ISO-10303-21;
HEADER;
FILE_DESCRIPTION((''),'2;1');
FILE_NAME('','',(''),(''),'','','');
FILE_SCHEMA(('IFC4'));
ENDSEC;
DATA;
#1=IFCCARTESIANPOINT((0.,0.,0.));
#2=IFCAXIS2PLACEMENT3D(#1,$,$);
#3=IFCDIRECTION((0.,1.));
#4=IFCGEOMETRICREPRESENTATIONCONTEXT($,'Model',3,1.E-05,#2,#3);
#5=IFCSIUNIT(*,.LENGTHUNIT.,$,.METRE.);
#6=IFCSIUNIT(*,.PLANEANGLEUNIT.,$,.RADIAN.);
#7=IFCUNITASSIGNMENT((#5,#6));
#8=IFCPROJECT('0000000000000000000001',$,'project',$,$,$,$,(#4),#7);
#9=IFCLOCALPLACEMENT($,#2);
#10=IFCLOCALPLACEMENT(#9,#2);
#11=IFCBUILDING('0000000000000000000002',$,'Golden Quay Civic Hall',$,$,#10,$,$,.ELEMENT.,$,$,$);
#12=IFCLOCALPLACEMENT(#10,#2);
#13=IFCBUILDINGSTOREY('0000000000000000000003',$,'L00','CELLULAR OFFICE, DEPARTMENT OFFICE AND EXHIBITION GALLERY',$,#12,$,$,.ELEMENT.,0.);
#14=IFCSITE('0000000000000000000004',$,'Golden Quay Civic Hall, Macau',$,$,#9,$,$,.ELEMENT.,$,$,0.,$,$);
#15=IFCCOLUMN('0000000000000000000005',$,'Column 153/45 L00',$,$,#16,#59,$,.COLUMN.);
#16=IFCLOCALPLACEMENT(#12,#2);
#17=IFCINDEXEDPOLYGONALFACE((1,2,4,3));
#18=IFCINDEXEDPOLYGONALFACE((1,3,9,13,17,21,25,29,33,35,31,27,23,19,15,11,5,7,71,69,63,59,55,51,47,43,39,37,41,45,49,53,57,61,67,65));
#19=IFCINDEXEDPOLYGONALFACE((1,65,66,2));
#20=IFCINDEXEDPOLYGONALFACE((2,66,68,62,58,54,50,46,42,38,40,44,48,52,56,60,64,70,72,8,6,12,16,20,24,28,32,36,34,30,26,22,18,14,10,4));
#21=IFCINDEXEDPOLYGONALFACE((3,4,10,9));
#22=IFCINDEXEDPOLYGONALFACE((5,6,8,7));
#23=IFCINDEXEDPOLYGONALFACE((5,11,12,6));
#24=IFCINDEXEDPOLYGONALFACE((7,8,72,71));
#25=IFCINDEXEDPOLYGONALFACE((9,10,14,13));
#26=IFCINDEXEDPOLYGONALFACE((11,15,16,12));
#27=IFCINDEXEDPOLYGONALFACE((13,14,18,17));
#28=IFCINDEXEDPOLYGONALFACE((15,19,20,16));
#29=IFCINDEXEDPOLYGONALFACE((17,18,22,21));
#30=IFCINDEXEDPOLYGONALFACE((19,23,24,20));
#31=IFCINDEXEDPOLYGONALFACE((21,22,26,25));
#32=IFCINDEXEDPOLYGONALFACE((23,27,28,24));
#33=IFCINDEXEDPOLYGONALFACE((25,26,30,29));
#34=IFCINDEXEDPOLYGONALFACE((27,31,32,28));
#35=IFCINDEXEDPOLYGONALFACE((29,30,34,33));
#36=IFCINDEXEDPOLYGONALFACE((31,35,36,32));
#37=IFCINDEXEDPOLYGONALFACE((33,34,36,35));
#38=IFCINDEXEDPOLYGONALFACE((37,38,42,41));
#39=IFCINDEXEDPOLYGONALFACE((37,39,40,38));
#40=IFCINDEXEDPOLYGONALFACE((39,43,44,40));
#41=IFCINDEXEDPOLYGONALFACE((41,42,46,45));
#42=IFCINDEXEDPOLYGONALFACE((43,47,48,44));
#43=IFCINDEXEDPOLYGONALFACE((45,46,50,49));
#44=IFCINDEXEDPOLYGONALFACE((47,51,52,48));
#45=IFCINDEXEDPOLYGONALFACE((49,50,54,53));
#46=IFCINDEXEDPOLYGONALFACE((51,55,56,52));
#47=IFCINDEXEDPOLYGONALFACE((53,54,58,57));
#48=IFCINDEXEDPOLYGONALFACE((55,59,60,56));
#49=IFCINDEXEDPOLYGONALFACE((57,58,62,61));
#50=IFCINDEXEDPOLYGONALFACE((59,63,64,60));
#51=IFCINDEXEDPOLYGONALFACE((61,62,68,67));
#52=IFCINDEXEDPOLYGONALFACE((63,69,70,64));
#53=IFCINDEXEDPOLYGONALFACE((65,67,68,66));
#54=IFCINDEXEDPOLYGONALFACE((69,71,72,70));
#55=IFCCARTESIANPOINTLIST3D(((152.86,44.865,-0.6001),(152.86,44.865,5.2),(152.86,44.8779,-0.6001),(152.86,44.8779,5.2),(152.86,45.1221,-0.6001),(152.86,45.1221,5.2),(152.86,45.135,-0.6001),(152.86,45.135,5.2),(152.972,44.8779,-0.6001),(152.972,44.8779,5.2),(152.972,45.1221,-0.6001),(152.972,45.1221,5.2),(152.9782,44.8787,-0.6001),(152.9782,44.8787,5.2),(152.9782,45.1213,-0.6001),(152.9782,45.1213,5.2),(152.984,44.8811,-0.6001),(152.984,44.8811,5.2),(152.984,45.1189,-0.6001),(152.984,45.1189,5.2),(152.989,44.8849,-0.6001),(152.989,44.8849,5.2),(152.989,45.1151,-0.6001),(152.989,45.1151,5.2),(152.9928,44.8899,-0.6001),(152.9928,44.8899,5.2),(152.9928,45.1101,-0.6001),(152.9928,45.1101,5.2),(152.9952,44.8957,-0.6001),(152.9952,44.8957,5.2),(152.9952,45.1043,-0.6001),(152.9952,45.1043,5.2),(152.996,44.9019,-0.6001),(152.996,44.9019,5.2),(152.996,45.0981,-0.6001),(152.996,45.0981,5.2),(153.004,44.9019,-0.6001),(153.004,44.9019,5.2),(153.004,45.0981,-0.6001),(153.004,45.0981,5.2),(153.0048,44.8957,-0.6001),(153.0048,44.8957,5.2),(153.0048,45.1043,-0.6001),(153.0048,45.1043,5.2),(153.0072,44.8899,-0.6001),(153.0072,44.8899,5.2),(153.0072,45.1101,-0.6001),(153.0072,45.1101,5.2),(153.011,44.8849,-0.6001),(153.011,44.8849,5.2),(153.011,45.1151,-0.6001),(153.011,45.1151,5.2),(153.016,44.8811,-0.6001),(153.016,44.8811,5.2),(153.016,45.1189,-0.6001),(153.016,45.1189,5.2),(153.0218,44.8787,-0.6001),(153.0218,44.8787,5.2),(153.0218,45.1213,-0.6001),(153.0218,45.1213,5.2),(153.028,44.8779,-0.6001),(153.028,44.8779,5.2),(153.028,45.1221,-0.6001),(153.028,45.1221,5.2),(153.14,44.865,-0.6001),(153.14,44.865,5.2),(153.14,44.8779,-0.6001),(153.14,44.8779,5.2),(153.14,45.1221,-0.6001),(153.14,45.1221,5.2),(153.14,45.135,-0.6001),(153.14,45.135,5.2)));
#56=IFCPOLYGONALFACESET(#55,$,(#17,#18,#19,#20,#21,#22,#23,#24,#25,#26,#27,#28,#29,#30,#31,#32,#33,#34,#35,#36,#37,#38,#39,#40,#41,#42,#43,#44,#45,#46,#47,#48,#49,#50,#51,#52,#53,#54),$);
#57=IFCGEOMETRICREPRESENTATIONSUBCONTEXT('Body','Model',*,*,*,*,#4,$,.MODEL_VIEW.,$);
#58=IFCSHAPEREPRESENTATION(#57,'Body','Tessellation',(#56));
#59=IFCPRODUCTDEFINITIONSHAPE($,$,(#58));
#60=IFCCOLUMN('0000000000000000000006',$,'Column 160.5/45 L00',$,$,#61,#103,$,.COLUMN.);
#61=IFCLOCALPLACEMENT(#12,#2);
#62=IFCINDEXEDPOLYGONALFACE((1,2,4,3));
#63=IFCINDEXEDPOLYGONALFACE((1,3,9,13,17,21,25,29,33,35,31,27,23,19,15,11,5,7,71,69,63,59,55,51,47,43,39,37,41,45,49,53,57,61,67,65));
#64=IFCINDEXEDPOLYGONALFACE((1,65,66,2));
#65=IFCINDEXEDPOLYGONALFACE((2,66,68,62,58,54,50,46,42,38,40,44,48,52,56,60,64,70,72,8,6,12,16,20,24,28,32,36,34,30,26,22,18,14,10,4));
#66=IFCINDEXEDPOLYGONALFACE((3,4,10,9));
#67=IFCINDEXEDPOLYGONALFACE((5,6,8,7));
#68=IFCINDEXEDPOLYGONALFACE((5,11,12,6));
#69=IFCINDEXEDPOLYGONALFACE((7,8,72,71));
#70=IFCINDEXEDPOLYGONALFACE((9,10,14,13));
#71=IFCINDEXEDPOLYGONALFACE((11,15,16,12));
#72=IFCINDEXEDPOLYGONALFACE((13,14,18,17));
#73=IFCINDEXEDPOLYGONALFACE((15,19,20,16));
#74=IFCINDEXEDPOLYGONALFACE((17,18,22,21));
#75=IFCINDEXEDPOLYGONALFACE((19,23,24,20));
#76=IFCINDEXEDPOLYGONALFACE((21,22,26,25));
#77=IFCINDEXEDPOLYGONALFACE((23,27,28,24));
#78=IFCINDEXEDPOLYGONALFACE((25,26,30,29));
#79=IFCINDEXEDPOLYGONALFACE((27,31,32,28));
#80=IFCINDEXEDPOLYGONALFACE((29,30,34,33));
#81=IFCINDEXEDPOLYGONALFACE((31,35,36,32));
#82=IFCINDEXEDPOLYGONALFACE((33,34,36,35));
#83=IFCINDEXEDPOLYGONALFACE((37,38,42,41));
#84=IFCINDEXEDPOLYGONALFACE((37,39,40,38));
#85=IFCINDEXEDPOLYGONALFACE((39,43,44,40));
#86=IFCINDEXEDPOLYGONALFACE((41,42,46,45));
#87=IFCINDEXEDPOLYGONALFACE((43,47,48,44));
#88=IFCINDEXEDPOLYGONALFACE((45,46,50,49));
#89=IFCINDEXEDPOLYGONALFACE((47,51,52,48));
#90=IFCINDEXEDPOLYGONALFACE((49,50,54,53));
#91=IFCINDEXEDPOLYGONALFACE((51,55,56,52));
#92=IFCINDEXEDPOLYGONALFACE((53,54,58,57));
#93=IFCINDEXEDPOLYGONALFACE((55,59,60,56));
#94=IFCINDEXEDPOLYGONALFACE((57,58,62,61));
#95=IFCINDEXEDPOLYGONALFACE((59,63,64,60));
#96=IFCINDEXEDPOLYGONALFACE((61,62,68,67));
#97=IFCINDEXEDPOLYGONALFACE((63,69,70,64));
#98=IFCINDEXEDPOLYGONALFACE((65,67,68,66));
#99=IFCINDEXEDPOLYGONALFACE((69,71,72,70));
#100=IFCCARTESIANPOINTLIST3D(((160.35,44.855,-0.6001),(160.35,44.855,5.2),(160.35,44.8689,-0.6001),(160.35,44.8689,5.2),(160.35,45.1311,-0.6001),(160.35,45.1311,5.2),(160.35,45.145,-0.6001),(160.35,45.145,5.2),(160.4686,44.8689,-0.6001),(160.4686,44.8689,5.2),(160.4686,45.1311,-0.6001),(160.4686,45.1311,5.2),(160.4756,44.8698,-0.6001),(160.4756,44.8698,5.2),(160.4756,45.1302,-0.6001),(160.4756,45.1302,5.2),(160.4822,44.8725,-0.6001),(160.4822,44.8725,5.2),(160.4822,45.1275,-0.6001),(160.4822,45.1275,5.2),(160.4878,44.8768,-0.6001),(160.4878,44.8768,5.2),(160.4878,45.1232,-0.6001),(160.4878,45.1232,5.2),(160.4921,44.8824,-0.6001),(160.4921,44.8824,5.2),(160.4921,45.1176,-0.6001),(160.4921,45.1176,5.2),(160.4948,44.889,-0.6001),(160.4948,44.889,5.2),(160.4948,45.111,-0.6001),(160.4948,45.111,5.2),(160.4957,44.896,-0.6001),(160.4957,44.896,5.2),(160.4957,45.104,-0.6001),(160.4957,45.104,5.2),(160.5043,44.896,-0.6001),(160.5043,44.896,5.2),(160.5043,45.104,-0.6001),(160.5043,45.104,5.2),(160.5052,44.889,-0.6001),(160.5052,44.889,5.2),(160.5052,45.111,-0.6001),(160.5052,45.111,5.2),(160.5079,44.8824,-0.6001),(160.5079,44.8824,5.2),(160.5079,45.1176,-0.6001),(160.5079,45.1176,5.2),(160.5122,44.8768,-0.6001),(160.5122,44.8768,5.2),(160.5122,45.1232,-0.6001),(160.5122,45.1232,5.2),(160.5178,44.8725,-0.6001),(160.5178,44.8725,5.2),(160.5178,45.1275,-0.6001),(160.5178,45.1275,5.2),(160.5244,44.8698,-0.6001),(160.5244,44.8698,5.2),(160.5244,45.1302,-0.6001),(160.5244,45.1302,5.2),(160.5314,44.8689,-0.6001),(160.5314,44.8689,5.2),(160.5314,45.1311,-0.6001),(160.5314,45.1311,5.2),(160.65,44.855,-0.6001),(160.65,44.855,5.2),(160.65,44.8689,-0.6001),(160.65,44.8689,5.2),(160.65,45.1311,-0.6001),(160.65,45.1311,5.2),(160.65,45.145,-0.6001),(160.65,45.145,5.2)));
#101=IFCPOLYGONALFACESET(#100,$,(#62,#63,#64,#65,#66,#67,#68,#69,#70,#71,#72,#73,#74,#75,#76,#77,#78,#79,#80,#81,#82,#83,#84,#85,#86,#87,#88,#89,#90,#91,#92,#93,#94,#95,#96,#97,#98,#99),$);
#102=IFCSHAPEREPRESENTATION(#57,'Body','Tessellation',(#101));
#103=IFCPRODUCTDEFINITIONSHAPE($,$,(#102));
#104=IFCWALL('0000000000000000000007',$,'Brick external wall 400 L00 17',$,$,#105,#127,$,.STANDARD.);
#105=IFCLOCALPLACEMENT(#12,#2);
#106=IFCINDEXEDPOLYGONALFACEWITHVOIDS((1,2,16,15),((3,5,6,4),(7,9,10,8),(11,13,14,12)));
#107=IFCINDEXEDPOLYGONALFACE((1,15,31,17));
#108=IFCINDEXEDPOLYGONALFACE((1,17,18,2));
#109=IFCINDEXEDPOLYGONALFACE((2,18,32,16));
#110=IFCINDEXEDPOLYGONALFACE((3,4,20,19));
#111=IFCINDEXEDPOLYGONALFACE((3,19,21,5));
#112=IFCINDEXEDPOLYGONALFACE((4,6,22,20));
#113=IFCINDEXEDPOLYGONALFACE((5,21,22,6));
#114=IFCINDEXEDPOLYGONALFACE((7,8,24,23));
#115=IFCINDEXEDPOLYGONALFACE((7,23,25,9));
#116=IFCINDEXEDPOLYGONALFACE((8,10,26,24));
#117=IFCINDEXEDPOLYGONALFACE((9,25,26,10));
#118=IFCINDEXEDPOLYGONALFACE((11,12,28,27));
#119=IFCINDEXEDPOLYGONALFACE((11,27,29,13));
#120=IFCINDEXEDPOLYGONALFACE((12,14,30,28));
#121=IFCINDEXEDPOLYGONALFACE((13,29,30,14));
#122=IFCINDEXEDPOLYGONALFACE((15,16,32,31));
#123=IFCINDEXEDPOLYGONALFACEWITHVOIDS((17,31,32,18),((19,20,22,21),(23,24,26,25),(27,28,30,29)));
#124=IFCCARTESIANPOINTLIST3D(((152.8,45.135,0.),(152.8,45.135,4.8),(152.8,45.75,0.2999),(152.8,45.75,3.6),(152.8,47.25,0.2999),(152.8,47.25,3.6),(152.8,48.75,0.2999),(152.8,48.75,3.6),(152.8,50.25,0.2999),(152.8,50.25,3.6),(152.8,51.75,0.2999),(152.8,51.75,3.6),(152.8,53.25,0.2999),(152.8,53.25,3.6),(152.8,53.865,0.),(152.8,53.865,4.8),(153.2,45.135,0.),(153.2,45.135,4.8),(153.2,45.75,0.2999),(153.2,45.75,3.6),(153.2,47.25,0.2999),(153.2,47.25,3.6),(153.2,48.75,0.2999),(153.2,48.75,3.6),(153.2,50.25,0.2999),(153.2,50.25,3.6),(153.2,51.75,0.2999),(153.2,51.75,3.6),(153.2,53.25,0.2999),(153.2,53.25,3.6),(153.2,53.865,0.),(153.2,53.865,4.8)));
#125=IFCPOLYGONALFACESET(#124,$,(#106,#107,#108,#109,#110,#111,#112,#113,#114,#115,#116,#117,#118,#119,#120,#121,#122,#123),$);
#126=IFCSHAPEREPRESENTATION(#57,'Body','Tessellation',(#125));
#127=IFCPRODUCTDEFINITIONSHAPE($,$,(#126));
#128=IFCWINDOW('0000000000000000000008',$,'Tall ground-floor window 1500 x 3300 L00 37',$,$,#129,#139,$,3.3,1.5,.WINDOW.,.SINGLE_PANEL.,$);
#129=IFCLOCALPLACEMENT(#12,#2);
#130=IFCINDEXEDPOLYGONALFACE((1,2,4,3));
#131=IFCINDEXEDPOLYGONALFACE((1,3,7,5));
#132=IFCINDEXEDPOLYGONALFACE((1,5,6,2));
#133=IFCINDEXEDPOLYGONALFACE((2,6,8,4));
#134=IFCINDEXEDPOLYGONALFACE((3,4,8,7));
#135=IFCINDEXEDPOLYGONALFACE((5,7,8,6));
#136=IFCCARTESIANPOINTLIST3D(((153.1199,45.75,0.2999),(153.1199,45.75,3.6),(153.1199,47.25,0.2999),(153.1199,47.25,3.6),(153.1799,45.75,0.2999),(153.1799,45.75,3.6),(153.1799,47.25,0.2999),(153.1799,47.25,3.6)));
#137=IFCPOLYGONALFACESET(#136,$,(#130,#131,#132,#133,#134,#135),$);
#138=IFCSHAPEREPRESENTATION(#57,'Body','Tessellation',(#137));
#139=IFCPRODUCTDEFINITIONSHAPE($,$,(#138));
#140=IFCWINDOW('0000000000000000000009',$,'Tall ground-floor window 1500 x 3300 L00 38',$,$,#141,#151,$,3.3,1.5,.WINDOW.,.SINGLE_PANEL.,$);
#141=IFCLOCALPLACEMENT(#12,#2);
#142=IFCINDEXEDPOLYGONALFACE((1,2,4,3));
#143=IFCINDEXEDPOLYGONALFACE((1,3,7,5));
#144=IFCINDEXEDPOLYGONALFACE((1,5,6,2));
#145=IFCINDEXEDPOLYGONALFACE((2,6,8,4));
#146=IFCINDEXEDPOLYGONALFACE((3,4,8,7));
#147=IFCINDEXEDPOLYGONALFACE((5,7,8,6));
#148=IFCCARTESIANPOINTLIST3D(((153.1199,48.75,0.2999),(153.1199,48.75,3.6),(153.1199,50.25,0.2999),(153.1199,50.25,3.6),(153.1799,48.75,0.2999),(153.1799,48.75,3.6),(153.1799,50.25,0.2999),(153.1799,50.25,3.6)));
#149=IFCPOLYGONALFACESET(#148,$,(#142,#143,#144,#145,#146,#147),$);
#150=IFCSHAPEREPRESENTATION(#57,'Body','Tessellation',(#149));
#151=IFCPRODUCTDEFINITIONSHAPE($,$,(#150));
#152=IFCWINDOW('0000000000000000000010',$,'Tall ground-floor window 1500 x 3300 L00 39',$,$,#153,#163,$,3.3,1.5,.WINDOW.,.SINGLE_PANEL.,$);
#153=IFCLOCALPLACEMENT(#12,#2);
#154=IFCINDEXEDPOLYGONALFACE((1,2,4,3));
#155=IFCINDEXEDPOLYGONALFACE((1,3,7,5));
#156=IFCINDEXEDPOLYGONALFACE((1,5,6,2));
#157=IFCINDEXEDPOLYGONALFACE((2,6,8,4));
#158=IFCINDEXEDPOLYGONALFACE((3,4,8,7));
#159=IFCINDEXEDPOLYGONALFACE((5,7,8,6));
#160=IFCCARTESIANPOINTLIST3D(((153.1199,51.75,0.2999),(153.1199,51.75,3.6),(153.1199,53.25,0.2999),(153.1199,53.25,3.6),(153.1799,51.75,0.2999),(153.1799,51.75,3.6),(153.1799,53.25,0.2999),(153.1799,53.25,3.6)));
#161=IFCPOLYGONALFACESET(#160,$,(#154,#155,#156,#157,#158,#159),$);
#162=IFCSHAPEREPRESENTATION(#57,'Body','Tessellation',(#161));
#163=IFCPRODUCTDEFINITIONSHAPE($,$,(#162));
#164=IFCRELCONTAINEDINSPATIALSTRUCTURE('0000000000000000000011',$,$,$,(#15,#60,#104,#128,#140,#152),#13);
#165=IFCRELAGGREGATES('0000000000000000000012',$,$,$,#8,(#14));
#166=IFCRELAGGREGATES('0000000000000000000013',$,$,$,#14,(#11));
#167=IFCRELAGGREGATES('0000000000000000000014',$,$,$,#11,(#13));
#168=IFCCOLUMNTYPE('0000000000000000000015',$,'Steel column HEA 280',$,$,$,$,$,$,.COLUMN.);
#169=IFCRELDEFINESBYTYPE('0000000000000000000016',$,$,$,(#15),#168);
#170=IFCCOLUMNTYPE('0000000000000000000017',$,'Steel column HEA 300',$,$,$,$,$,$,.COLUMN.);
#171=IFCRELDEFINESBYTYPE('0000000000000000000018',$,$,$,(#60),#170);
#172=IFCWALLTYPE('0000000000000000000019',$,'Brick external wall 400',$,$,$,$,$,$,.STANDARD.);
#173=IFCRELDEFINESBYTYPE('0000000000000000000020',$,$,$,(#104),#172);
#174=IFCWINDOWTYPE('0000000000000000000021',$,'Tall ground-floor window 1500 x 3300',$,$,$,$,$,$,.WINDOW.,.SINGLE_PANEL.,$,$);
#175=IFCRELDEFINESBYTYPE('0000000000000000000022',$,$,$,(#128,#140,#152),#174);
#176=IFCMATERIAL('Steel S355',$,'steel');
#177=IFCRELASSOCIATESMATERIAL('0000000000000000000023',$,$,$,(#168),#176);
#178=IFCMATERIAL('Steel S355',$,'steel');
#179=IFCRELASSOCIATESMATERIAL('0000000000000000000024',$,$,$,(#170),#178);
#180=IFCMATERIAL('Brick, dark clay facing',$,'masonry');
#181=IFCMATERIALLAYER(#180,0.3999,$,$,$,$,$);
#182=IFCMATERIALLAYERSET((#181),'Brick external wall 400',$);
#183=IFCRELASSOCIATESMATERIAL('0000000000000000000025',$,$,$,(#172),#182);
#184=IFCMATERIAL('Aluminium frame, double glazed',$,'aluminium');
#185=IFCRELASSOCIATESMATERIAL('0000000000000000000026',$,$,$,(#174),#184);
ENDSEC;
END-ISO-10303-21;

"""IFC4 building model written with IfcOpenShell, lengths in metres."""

from ifc_helpers import new_model, si_unit, direction, frame, frame_2d, origin, origin_2d, place, context, subcontext, project, spatial, rectangle, i_section, extrude, material, layer, layer_set, material_profile, profile_set, type_object, element, fill, save


model = new_model("IFC4")

# Units and contexts
model_context = context("Model", 3, precision=1e-05, world=origin(), true_north=direction((0.0, 1.0)))
body_context = subcontext(model_context, "Body", "Model", "MODEL_VIEW")
ifc_project = project(units=[si_unit("LENGTHUNIT", "METRE"), si_unit("PLANEANGLEUNIT", "RADIAN")], contexts=[model_context])

# Site, building, storey
site_placement = place(None, origin())
site = spatial("IfcSite", under=ifc_project, at=site_placement, Name="Golden Quay Civic Hall, Macau", CompositionType="ELEMENT", RefElevation=0.0)
building_placement = place(site_placement, origin())
building = spatial("IfcBuilding", under=site, at=building_placement, Name="Golden Quay Civic Hall", CompositionType="ELEMENT")
storey_placement = place(building_placement, origin())
storey = spatial("IfcBuildingStorey", under=building, at=storey_placement, Name="L00", Description="CELLULAR OFFICE, DEPARTMENT OFFICE AND EXHIBITION GALLERY", CompositionType="ELEMENT", Elevation=0.0)

# Columns
ifc_material_1 = material(Name="Steel S355", Category="steel")
ifc_material_profile_1 = material_profile(ifc_material_1, i_section(OverallWidth=0.28, OverallDepth=0.27, WebThickness=0.0081, FlangeThickness=0.0129, FilletRadius=0.0239, at=origin_2d()), Name="HEA 280")
ifc_profile_set_1 = profile_set([ifc_material_profile_1], Name="Steel S355")
column_type_1 = type_object("IfcColumnType", Name="Steel column HEA 280", PredefinedType="COLUMN", material=ifc_profile_set_1)
column_1_placement = place(storey_placement, frame((153.0, 45.0, -0.6001), z_axis=(0.0, 0.0, 1.0), x_axis=(1.0, 0.0, 0.0)))
element("IfcColumn", 1, at=column_1_placement, inside=storey, type_object=column_type_1, Name="Column 153/45 L00", PredefinedType="COLUMN", context=body_context, shape_type="SweptSolid", body=[
    extrude(i_section(OverallWidth=0.28, OverallDepth=0.27, WebThickness=0.0081, FlangeThickness=0.0129, FilletRadius=0.0239, at=origin_2d()), origin(), (0.0, 0.0, 1.0), 5.8),
])
ifc_material_2 = material(Name="Steel S355", Category="steel")
ifc_material_profile_2 = material_profile(ifc_material_2, i_section(OverallWidth=0.3, OverallDepth=0.29, WebThickness=0.0085, FlangeThickness=0.0139, FilletRadius=0.0271, at=origin_2d()), Name="HEA 300")
ifc_profile_set_2 = profile_set([ifc_material_profile_2], Name="Steel S355")
column_type_2 = type_object("IfcColumnType", Name="Steel column HEA 300", PredefinedType="COLUMN", material=ifc_profile_set_2)
column_2_placement = place(storey_placement, frame((160.5, 45.0, -0.6001), z_axis=(0.0, 0.0, 1.0), x_axis=(1.0, 0.0, 0.0)))
element("IfcColumn", 2, at=column_2_placement, inside=storey, type_object=column_type_2, Name="Column 160.5/45 L00", PredefinedType="COLUMN", context=body_context, shape_type="SweptSolid", body=[
    extrude(i_section(OverallWidth=0.3, OverallDepth=0.29, WebThickness=0.0085, FlangeThickness=0.0139, FilletRadius=0.0271, at=origin_2d()), origin(), (0.0, 0.0, 1.0), 5.8),
])

# Wall, openings, windows
ifc_material_3 = material(Name="Brick, dark clay facing", Category="masonry")
ifc_layer_1 = layer(ifc_material_3, 0.3999)
ifc_layer_set_1 = layer_set([ifc_layer_1], Name="Brick external wall 400")
wall_type_1 = type_object("IfcWallType", Name="Brick external wall 400", PredefinedType="STANDARD", material=ifc_layer_set_1)
wall_1_placement = place(storey_placement, frame((153.0, 45.135, 0.0), z_axis=(0.0, 0.0, 1.0), x_axis=(0.0, 1.0, 0.0)))
wall_1 = element("IfcWall", 3, at=wall_1_placement, inside=storey, type_object=wall_type_1, Name="Brick external wall 400 L00 17", PredefinedType="STANDARD", context=body_context, shape_type="SweptSolid", body=[
    extrude(rectangle(XDim=8.73, YDim=0.3999, at=frame_2d((4.365, 0.0))), origin(), (0.0, 0.0, 1.0), 4.8),
])
opening_1_placement = place(wall_1_placement, frame((0.615, 0.0, 0.3)))
opening_1 = element("IfcOpeningElement", 4, at=opening_1_placement, cuts=wall_1, PredefinedType="OPENING", context=body_context, shape_type="SweptSolid", body=[
    extrude(rectangle(XDim=1.5, YDim=3.3, at=frame_2d((0.75, 1.6499))), frame((0.0, 0.21, 0.0), z_axis=(0.0, -1.0, 0.0), x_axis=(1.0, 0.0, 0.0)), (0.0, 0.0, 1.0), 0.4199),
])
opening_2_placement = place(wall_1_placement, frame((3.615, 0.0, 0.3)))
opening_2 = element("IfcOpeningElement", 5, at=opening_2_placement, cuts=wall_1, PredefinedType="OPENING", context=body_context, shape_type="SweptSolid", body=[
    extrude(rectangle(XDim=1.5, YDim=3.3, at=frame_2d((0.75, 1.6499))), frame((0.0, 0.21, 0.0), z_axis=(0.0, -1.0, 0.0), x_axis=(1.0, 0.0, 0.0)), (0.0, 0.0, 1.0), 0.4199),
])
opening_3_placement = place(wall_1_placement, frame((6.615, 0.0, 0.3)))
opening_3 = element("IfcOpeningElement", 6, at=opening_3_placement, cuts=wall_1, PredefinedType="OPENING", context=body_context, shape_type="SweptSolid", body=[
    extrude(rectangle(XDim=1.5, YDim=3.3, at=frame_2d((0.75, 1.6499))), frame((0.0, 0.21, 0.0), z_axis=(0.0, -1.0, 0.0), x_axis=(1.0, 0.0, 0.0)), (0.0, 0.0, 1.0), 0.4199),
])
ifc_material_4 = material(Name="Aluminium frame, double glazed", Category="aluminium")
window_type = type_object("IfcWindowType", Name="Tall ground-floor window 1500 x 3300", PartitioningType="SINGLE_PANEL", PredefinedType="WINDOW", material=ifc_material_4)
window_1_placement = place(opening_1_placement, origin())
window_1 = element("IfcWindow", 7, at=window_1_placement, inside=storey, type_object=window_type, Name="Tall ground-floor window 1500 x 3300 L00 37", OverallHeight=3.3, OverallWidth=1.5, PartitioningType="SINGLE_PANEL", PredefinedType="WINDOW", context=body_context, shape_type="SweptSolid", body=[
    extrude(rectangle(XDim=1.5, YDim=3.3, at=frame_2d((0.75, 1.6499))), frame((0.0, -0.1199, 0.0), z_axis=(0.0, -1.0, 0.0), x_axis=(1.0, 0.0, 0.0)), (0.0, 0.0, 1.0), 0.0601),
])
fill(opening_1, window_1)
window_2_placement = place(opening_2_placement, origin())
window_2 = element("IfcWindow", 8, at=window_2_placement, inside=storey, type_object=window_type, Name="Tall ground-floor window 1500 x 3300 L00 38", OverallHeight=3.3, OverallWidth=1.5, PartitioningType="SINGLE_PANEL", PredefinedType="WINDOW", context=body_context, shape_type="SweptSolid", body=[
    extrude(rectangle(XDim=1.5, YDim=3.3, at=frame_2d((0.75, 1.6499))), frame((0.0, -0.1199, 0.0), z_axis=(0.0, -1.0, 0.0), x_axis=(1.0, 0.0, 0.0)), (0.0, 0.0, 1.0), 0.0601),
])
fill(opening_2, window_2)
window_3_placement = place(opening_3_placement, origin())
window_3 = element("IfcWindow", 9, at=window_3_placement, inside=storey, type_object=window_type, Name="Tall ground-floor window 1500 x 3300 L00 39", OverallHeight=3.3, OverallWidth=1.5, PartitioningType="SINGLE_PANEL", PredefinedType="WINDOW", context=body_context, shape_type="SweptSolid", body=[
    extrude(rectangle(XDim=1.5, YDim=3.3, at=frame_2d((0.75, 1.6499))), frame((0.0, -0.1199, 0.0), z_axis=(0.0, -1.0, 0.0), x_axis=(1.0, 0.0, 0.0)), (0.0, 0.0, 1.0), 0.0601),
])
fill(opening_3, window_3)

save(model, "model.ifc")
